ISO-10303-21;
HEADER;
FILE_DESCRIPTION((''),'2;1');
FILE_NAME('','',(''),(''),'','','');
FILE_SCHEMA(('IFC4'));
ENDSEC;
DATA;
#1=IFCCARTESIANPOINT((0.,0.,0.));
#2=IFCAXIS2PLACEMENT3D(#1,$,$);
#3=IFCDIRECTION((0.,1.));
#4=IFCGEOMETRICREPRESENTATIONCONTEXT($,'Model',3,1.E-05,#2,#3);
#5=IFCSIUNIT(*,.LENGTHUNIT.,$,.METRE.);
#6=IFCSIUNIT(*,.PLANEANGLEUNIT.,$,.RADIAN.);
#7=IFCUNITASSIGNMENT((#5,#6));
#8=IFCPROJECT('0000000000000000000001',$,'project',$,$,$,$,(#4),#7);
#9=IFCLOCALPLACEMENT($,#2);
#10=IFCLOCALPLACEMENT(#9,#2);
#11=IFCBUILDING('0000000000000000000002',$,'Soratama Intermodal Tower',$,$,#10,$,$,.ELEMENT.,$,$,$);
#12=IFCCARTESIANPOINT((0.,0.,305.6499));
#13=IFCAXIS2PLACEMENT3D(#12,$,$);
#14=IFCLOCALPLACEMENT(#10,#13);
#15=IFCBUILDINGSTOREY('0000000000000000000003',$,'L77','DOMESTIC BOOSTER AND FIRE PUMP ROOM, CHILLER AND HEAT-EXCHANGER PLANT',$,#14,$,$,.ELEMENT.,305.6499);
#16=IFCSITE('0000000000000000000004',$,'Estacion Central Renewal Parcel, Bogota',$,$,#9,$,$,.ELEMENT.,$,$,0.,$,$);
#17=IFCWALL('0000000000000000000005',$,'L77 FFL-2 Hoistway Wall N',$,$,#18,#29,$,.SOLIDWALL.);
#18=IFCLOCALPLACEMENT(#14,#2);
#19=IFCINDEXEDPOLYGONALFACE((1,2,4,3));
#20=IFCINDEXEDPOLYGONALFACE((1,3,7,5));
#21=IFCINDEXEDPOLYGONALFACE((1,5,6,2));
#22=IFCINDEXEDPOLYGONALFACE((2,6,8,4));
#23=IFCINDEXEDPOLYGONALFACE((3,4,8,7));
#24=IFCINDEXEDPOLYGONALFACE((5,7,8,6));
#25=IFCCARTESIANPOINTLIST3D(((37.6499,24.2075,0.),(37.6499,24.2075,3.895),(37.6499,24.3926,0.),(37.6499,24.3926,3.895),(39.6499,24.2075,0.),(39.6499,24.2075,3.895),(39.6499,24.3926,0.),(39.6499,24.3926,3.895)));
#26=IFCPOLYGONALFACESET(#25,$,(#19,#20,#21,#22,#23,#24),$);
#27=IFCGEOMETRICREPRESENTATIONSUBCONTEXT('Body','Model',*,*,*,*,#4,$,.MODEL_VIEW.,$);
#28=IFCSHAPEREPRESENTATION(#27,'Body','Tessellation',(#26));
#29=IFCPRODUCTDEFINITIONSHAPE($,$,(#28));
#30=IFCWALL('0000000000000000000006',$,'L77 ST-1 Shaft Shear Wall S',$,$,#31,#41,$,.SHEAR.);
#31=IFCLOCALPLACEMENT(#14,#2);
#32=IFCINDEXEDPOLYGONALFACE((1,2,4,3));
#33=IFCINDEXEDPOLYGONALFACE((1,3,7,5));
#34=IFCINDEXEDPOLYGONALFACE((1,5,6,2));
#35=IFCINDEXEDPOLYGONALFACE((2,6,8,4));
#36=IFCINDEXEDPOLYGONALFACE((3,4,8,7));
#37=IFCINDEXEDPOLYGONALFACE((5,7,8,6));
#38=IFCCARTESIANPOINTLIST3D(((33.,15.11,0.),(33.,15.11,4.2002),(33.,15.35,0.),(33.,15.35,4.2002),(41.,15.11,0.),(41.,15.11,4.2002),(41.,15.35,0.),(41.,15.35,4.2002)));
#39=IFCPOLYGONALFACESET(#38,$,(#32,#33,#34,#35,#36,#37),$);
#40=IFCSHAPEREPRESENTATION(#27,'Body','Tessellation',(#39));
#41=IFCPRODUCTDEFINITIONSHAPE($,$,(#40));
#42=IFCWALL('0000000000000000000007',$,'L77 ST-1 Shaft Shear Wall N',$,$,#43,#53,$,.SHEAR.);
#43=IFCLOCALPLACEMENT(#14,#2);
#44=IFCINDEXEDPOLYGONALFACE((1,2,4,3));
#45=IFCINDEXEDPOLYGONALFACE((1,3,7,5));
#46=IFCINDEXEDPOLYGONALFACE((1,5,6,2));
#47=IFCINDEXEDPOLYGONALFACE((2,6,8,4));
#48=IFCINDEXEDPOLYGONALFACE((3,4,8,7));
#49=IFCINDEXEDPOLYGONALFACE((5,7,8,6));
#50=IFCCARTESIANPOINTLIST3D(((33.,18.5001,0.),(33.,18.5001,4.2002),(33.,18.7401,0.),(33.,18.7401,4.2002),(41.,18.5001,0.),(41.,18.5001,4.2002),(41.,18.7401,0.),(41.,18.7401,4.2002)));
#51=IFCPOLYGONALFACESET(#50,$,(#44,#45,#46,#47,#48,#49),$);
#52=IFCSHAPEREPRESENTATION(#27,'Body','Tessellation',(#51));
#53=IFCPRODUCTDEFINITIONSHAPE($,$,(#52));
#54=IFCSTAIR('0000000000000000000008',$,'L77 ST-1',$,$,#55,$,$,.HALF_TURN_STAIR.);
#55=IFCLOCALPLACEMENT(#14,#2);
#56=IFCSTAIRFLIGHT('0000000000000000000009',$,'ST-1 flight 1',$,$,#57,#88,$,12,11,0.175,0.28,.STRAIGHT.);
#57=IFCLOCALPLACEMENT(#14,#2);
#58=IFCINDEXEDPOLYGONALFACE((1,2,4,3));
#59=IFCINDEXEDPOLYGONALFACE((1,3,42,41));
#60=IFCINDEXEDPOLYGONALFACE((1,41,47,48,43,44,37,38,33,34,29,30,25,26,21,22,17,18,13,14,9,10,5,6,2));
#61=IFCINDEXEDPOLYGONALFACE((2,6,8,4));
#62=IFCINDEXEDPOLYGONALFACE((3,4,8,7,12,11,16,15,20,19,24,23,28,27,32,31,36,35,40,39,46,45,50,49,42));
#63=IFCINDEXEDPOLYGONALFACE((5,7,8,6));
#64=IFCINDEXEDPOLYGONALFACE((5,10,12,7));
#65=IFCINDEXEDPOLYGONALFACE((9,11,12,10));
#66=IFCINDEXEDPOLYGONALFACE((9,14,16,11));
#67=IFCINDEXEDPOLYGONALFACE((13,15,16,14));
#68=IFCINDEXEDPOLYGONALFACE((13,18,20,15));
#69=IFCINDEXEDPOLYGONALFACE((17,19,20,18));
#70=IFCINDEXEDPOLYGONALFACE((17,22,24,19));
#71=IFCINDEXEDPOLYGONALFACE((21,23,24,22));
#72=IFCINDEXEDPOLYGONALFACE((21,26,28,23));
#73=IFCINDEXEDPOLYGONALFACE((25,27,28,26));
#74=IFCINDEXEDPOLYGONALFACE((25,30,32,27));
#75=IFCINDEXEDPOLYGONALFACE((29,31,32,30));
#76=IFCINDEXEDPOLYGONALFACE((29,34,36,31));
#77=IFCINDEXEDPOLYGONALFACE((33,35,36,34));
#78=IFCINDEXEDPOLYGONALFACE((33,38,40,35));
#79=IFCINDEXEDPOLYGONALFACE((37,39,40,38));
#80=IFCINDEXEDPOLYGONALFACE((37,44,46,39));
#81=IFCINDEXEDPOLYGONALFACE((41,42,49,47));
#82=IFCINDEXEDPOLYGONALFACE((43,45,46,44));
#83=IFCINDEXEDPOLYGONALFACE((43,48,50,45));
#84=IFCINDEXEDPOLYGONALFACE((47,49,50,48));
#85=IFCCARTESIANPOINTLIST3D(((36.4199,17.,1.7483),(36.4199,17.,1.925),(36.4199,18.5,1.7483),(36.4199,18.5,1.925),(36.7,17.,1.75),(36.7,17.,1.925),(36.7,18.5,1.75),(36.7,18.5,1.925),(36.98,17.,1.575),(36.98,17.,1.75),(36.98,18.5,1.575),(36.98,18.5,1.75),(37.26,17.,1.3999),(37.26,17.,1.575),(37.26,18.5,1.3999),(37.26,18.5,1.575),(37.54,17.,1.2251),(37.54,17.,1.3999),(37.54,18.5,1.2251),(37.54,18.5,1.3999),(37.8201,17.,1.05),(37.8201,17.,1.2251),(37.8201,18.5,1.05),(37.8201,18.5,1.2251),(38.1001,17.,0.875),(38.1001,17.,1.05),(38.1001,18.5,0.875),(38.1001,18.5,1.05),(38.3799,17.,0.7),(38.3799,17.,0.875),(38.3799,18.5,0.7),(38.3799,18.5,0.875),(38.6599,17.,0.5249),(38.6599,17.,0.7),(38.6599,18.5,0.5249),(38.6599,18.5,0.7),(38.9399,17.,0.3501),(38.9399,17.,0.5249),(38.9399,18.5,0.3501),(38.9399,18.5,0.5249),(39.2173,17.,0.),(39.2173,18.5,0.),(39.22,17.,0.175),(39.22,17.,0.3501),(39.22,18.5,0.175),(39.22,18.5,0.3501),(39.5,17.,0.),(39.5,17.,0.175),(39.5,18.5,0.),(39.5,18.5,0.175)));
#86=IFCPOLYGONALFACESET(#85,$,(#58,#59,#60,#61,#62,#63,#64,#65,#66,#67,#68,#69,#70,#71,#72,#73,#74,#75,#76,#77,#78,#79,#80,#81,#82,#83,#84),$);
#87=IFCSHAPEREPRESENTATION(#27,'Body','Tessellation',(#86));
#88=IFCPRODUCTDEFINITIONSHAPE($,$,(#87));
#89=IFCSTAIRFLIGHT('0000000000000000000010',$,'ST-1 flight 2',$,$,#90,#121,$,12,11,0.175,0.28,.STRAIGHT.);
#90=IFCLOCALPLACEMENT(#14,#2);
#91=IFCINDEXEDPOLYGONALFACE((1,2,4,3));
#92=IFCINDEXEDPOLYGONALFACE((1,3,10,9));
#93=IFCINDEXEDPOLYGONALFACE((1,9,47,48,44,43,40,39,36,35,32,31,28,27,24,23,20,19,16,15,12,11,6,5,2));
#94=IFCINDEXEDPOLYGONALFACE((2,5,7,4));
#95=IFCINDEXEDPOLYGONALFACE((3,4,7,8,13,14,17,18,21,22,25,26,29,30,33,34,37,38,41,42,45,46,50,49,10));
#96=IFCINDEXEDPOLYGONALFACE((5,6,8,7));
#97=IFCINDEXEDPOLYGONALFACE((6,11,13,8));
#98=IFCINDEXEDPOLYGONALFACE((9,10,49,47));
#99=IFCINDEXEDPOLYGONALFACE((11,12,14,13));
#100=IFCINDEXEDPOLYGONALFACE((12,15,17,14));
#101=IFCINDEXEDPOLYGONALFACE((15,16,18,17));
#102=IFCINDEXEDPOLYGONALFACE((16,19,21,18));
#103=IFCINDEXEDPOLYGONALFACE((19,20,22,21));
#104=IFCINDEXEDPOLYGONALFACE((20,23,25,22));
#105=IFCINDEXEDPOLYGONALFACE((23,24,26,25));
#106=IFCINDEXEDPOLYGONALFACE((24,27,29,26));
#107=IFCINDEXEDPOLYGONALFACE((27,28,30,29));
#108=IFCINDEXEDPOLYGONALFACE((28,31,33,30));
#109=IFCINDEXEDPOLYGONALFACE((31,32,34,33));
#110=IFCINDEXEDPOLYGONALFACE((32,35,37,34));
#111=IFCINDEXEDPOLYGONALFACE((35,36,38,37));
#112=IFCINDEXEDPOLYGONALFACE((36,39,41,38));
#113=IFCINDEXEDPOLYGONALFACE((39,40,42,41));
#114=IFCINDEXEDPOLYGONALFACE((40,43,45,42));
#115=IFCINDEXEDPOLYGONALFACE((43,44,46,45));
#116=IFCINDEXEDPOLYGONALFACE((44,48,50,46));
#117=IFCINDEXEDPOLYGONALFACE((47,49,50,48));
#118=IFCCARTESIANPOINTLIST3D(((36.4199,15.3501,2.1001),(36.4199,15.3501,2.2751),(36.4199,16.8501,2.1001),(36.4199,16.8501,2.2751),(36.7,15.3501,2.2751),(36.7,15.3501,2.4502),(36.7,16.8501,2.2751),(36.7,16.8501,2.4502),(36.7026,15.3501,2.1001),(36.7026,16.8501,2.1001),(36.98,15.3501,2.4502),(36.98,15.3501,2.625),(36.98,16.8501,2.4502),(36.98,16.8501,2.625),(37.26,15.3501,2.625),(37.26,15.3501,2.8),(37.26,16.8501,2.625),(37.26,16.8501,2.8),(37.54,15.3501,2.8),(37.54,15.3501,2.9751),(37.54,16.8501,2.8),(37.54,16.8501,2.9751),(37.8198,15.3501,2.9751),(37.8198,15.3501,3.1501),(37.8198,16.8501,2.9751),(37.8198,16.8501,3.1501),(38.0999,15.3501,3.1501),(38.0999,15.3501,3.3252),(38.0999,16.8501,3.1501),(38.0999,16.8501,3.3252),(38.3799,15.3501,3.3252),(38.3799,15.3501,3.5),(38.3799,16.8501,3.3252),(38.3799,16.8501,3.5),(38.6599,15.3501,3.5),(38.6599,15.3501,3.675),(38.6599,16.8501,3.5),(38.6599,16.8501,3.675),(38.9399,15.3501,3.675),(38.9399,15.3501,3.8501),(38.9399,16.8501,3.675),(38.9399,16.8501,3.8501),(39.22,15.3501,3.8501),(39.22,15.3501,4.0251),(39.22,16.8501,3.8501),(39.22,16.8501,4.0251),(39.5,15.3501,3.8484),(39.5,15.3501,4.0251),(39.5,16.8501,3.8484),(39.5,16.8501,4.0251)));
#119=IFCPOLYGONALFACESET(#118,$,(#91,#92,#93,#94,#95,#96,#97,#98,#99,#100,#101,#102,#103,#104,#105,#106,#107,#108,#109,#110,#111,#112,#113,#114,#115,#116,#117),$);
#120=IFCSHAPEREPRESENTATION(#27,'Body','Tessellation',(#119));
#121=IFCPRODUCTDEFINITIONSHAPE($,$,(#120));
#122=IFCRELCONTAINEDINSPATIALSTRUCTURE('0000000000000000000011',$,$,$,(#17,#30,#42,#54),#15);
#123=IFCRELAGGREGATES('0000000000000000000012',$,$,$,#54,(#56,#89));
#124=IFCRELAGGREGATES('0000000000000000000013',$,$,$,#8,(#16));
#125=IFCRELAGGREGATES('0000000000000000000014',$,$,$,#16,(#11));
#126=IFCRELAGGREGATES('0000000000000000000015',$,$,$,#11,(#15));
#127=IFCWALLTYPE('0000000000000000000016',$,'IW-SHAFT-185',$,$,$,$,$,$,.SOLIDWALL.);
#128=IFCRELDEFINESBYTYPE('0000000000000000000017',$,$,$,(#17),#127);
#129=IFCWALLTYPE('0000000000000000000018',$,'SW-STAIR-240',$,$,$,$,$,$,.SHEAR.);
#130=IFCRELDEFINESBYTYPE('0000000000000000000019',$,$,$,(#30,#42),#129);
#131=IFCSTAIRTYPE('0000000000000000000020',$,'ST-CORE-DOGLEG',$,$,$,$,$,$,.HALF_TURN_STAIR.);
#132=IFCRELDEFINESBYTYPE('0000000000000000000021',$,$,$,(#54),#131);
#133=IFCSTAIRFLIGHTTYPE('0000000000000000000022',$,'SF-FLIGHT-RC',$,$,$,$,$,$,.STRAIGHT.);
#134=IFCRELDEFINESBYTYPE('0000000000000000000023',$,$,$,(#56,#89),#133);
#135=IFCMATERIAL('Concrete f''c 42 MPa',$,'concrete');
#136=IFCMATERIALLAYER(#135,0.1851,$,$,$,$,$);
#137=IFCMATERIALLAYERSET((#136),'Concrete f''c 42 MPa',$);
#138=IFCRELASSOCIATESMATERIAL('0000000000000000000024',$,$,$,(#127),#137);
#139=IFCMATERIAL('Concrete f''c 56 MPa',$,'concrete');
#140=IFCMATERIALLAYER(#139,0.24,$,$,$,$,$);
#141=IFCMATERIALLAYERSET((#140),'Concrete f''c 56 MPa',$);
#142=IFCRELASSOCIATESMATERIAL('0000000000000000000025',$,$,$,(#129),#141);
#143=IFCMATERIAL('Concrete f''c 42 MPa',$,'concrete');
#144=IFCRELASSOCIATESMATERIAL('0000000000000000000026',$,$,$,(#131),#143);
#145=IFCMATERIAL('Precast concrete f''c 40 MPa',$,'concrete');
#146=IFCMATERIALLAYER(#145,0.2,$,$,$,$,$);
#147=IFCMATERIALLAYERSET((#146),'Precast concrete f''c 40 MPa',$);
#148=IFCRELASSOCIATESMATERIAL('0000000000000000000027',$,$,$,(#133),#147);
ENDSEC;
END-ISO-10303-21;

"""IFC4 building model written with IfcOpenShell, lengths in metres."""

from ifc_helpers import new_model, si_unit, direction, frame, frame_2d, origin, place, context, subcontext, project, spatial, polyline, rectangle, outline, extrude, material, layer, layer_set, type_object, element, aggregate, save


model = new_model("IFC4")

# Units and contexts
model_context = context("Model", 3, precision=1e-05, world=origin(), true_north=direction((0.0, 1.0)))
body_context = subcontext(model_context, "Body", "Model", "MODEL_VIEW")
ifc_project = project(units=[si_unit("LENGTHUNIT", "METRE"), si_unit("PLANEANGLEUNIT", "RADIAN")], contexts=[model_context])

# Site, building, storey
site_placement = place(None, origin())
site = spatial("IfcSite", under=ifc_project, at=site_placement, Name="Estacion Central Renewal Parcel, Bogota", CompositionType="ELEMENT", RefElevation=0.0)
building_placement = place(site_placement, origin())
building = spatial("IfcBuilding", under=site, at=building_placement, Name="Soratama Intermodal Tower", CompositionType="ELEMENT")
storey_placement = place(building_placement, frame((0.0, 0.0, 305.6499)))
storey = spatial("IfcBuildingStorey", under=building, at=storey_placement, Name="L77", Description="DOMESTIC BOOSTER AND FIRE PUMP ROOM, CHILLER AND HEAT-EXCHANGER PLANT", CompositionType="ELEMENT", Elevation=305.6499)

# Shared definitions
ifc_material_1 = material(Name="Concrete f'c 42 MPa", Category="concrete")
ifc_layer_1 = layer(ifc_material_1, 0.1851)
ifc_layer_set_1 = layer_set([ifc_layer_1], Name="Concrete f'c 42 MPa")
wall_type_1 = type_object("IfcWallType", Name="IW-SHAFT-185", PredefinedType="SOLIDWALL", material=ifc_layer_set_1)

# Wall
wall_1_placement = place(storey_placement, frame((37.6499, 24.3, 0.0), z_axis=(0.0, 0.0, 1.0), x_axis=(1.0, 0.0, 0.0)))
element("IfcWall", 1, at=wall_1_placement, inside=storey, type_object=wall_type_1, Name="L77 FFL-2 Hoistway Wall N", PredefinedType="SOLIDWALL", context=body_context, shape_type="SweptSolid", body=[
    extrude(rectangle(XDim=2.0, YDim=0.1851, at=frame_2d((1.0, 0.0))), origin(), (0.0, 0.0, 1.0), 3.895),
])

# Walls
ifc_material_2 = material(Name="Concrete f'c 56 MPa", Category="concrete")
ifc_layer_2 = layer(ifc_material_2, 0.24)
ifc_layer_set_2 = layer_set([ifc_layer_2], Name="Concrete f'c 56 MPa")
wall_type_2 = type_object("IfcWallType", Name="SW-STAIR-240", PredefinedType="SHEAR", material=ifc_layer_set_2)
for number, where, z_axis, x_axis, name in (
    (2, (33.0, 15.23, 0.0), (0.0, 0.0, 1.0), (1.0, 0.0, 0.0), "L77 ST-1 Shaft Shear Wall S"),
    (3, (33.0, 18.6201, 0.0), (0.0, 0.0, 1.0), (1.0, 0.0, 0.0), "L77 ST-1 Shaft Shear Wall N"),
):
    element("IfcWall", number, at=place(storey_placement, frame(where, z_axis=z_axis, x_axis=x_axis)), inside=storey, type_object=wall_type_2, Name=name, PredefinedType="SHEAR", context=body_context, shape_type="SweptSolid", body=[
        extrude(rectangle(XDim=8.0, YDim=0.24, at=frame_2d((4.0, 0.0))), origin(), (0.0, 0.0, 1.0), 4.2002),
    ])

# Stair, stair flights
ifc_material_3 = material(Name="Concrete f'c 42 MPa", Category="concrete")
stair_type = type_object("IfcStairType", Name="ST-CORE-DOGLEG", PredefinedType="HALF_TURN_STAIR", material=ifc_material_3)
stair_placement = place(storey_placement, origin())
stair = element("IfcStair", 4, at=stair_placement, inside=storey, type_object=stair_type, Name="L77 ST-1", PredefinedType="HALF_TURN_STAIR")
ifc_material_4 = material(Name="Precast concrete f'c 40 MPa", Category="concrete")
ifc_layer_3 = layer(ifc_material_4, 0.2)
ifc_layer_set_3 = layer_set([ifc_layer_3], Name="Precast concrete f'c 40 MPa")
stair_flight_type = type_object("IfcStairFlightType", Name="SF-FLIGHT-RC", PredefinedType="STRAIGHT", material=ifc_layer_set_3)
stair_flight_1_placement = place(storey_placement, frame((39.5, 17.75, 0.0), z_axis=(0.0, 0.0, 1.0), x_axis=(-1.0, 0.0, 0.0)))
stair_flight_1 = element("IfcStairFlight", 5, at=stair_flight_1_placement, type_object=stair_flight_type, Name="ST-1 flight 1", NumberOfRisers=12, NumberOfTreads=11, PredefinedType="STRAIGHT", RiserHeight=0.175, TreadLength=0.28, context=body_context, shape_type="SweptSolid", body=[
    extrude(outline(polyline([(0.0, 0.0), (0.0, 0.175), (0.28, 0.175), (0.28, 0.3501), (0.5601, 0.3501), (0.5601, 0.5249), (0.8401, 0.5249), (0.8401, 0.7), (1.1201, 0.7), (1.1201, 0.875), (1.3999, 0.875), (1.3999, 1.05), (1.6799, 1.05), (1.6799, 1.2251), (1.96, 1.2251), (1.96, 1.3999), (2.24, 1.3999), (2.24, 1.575), (2.52, 1.575), (2.52, 1.75), (2.8, 1.75), (2.8, 1.925), (3.0801, 1.925), (3.0801, 2.1001), (3.0801, 1.7483), (0.2827, 0.0), (0.0, 0.0)])), frame((0.0, 0.75, 0.0), z_axis=(0.0, -1.0, 0.0), x_axis=(1.0, 0.0, 0.0)), (0.0, 0.0, 1.0), 1.5),
])
stair_flight_2_placement = place(storey_placement, frame((36.4199, 16.1001, 2.1001), z_axis=(0.0, 0.0, 1.0), x_axis=(1.0, 0.0, 0.0)))
stair_flight_2 = element("IfcStairFlight", 6, at=stair_flight_2_placement, type_object=stair_flight_type, Name="ST-1 flight 2", NumberOfRisers=12, NumberOfTreads=11, PredefinedType="STRAIGHT", RiserHeight=0.175, TreadLength=0.28, context=body_context, shape_type="SweptSolid", body=[
    extrude(outline(polyline([(0.0, 0.0), (0.0, 0.175), (0.28, 0.175), (0.28, 0.3501), (0.5601, 0.3501), (0.5601, 0.5249), (0.8401, 0.5249), (0.8401, 0.7), (1.1201, 0.7), (1.1201, 0.875), (1.3999, 0.875), (1.3999, 1.05), (1.6799, 1.05), (1.6799, 1.2251), (1.96, 1.2251), (1.96, 1.3999), (2.24, 1.3999), (2.24, 1.575), (2.52, 1.575), (2.52, 1.75), (2.8, 1.75), (2.8, 1.925), (3.0801, 1.925), (3.0801, 2.1001), (3.0801, 1.7483), (0.2827, 0.0), (0.0, 0.0)])), frame((0.0, 0.75, 0.0), z_axis=(0.0, -1.0, 0.0), x_axis=(1.0, 0.0, 0.0)), (0.0, 0.0, 1.0), 1.5),
])
aggregate(stair, [stair_flight_1, stair_flight_2])

save(model, "model.ifc")
